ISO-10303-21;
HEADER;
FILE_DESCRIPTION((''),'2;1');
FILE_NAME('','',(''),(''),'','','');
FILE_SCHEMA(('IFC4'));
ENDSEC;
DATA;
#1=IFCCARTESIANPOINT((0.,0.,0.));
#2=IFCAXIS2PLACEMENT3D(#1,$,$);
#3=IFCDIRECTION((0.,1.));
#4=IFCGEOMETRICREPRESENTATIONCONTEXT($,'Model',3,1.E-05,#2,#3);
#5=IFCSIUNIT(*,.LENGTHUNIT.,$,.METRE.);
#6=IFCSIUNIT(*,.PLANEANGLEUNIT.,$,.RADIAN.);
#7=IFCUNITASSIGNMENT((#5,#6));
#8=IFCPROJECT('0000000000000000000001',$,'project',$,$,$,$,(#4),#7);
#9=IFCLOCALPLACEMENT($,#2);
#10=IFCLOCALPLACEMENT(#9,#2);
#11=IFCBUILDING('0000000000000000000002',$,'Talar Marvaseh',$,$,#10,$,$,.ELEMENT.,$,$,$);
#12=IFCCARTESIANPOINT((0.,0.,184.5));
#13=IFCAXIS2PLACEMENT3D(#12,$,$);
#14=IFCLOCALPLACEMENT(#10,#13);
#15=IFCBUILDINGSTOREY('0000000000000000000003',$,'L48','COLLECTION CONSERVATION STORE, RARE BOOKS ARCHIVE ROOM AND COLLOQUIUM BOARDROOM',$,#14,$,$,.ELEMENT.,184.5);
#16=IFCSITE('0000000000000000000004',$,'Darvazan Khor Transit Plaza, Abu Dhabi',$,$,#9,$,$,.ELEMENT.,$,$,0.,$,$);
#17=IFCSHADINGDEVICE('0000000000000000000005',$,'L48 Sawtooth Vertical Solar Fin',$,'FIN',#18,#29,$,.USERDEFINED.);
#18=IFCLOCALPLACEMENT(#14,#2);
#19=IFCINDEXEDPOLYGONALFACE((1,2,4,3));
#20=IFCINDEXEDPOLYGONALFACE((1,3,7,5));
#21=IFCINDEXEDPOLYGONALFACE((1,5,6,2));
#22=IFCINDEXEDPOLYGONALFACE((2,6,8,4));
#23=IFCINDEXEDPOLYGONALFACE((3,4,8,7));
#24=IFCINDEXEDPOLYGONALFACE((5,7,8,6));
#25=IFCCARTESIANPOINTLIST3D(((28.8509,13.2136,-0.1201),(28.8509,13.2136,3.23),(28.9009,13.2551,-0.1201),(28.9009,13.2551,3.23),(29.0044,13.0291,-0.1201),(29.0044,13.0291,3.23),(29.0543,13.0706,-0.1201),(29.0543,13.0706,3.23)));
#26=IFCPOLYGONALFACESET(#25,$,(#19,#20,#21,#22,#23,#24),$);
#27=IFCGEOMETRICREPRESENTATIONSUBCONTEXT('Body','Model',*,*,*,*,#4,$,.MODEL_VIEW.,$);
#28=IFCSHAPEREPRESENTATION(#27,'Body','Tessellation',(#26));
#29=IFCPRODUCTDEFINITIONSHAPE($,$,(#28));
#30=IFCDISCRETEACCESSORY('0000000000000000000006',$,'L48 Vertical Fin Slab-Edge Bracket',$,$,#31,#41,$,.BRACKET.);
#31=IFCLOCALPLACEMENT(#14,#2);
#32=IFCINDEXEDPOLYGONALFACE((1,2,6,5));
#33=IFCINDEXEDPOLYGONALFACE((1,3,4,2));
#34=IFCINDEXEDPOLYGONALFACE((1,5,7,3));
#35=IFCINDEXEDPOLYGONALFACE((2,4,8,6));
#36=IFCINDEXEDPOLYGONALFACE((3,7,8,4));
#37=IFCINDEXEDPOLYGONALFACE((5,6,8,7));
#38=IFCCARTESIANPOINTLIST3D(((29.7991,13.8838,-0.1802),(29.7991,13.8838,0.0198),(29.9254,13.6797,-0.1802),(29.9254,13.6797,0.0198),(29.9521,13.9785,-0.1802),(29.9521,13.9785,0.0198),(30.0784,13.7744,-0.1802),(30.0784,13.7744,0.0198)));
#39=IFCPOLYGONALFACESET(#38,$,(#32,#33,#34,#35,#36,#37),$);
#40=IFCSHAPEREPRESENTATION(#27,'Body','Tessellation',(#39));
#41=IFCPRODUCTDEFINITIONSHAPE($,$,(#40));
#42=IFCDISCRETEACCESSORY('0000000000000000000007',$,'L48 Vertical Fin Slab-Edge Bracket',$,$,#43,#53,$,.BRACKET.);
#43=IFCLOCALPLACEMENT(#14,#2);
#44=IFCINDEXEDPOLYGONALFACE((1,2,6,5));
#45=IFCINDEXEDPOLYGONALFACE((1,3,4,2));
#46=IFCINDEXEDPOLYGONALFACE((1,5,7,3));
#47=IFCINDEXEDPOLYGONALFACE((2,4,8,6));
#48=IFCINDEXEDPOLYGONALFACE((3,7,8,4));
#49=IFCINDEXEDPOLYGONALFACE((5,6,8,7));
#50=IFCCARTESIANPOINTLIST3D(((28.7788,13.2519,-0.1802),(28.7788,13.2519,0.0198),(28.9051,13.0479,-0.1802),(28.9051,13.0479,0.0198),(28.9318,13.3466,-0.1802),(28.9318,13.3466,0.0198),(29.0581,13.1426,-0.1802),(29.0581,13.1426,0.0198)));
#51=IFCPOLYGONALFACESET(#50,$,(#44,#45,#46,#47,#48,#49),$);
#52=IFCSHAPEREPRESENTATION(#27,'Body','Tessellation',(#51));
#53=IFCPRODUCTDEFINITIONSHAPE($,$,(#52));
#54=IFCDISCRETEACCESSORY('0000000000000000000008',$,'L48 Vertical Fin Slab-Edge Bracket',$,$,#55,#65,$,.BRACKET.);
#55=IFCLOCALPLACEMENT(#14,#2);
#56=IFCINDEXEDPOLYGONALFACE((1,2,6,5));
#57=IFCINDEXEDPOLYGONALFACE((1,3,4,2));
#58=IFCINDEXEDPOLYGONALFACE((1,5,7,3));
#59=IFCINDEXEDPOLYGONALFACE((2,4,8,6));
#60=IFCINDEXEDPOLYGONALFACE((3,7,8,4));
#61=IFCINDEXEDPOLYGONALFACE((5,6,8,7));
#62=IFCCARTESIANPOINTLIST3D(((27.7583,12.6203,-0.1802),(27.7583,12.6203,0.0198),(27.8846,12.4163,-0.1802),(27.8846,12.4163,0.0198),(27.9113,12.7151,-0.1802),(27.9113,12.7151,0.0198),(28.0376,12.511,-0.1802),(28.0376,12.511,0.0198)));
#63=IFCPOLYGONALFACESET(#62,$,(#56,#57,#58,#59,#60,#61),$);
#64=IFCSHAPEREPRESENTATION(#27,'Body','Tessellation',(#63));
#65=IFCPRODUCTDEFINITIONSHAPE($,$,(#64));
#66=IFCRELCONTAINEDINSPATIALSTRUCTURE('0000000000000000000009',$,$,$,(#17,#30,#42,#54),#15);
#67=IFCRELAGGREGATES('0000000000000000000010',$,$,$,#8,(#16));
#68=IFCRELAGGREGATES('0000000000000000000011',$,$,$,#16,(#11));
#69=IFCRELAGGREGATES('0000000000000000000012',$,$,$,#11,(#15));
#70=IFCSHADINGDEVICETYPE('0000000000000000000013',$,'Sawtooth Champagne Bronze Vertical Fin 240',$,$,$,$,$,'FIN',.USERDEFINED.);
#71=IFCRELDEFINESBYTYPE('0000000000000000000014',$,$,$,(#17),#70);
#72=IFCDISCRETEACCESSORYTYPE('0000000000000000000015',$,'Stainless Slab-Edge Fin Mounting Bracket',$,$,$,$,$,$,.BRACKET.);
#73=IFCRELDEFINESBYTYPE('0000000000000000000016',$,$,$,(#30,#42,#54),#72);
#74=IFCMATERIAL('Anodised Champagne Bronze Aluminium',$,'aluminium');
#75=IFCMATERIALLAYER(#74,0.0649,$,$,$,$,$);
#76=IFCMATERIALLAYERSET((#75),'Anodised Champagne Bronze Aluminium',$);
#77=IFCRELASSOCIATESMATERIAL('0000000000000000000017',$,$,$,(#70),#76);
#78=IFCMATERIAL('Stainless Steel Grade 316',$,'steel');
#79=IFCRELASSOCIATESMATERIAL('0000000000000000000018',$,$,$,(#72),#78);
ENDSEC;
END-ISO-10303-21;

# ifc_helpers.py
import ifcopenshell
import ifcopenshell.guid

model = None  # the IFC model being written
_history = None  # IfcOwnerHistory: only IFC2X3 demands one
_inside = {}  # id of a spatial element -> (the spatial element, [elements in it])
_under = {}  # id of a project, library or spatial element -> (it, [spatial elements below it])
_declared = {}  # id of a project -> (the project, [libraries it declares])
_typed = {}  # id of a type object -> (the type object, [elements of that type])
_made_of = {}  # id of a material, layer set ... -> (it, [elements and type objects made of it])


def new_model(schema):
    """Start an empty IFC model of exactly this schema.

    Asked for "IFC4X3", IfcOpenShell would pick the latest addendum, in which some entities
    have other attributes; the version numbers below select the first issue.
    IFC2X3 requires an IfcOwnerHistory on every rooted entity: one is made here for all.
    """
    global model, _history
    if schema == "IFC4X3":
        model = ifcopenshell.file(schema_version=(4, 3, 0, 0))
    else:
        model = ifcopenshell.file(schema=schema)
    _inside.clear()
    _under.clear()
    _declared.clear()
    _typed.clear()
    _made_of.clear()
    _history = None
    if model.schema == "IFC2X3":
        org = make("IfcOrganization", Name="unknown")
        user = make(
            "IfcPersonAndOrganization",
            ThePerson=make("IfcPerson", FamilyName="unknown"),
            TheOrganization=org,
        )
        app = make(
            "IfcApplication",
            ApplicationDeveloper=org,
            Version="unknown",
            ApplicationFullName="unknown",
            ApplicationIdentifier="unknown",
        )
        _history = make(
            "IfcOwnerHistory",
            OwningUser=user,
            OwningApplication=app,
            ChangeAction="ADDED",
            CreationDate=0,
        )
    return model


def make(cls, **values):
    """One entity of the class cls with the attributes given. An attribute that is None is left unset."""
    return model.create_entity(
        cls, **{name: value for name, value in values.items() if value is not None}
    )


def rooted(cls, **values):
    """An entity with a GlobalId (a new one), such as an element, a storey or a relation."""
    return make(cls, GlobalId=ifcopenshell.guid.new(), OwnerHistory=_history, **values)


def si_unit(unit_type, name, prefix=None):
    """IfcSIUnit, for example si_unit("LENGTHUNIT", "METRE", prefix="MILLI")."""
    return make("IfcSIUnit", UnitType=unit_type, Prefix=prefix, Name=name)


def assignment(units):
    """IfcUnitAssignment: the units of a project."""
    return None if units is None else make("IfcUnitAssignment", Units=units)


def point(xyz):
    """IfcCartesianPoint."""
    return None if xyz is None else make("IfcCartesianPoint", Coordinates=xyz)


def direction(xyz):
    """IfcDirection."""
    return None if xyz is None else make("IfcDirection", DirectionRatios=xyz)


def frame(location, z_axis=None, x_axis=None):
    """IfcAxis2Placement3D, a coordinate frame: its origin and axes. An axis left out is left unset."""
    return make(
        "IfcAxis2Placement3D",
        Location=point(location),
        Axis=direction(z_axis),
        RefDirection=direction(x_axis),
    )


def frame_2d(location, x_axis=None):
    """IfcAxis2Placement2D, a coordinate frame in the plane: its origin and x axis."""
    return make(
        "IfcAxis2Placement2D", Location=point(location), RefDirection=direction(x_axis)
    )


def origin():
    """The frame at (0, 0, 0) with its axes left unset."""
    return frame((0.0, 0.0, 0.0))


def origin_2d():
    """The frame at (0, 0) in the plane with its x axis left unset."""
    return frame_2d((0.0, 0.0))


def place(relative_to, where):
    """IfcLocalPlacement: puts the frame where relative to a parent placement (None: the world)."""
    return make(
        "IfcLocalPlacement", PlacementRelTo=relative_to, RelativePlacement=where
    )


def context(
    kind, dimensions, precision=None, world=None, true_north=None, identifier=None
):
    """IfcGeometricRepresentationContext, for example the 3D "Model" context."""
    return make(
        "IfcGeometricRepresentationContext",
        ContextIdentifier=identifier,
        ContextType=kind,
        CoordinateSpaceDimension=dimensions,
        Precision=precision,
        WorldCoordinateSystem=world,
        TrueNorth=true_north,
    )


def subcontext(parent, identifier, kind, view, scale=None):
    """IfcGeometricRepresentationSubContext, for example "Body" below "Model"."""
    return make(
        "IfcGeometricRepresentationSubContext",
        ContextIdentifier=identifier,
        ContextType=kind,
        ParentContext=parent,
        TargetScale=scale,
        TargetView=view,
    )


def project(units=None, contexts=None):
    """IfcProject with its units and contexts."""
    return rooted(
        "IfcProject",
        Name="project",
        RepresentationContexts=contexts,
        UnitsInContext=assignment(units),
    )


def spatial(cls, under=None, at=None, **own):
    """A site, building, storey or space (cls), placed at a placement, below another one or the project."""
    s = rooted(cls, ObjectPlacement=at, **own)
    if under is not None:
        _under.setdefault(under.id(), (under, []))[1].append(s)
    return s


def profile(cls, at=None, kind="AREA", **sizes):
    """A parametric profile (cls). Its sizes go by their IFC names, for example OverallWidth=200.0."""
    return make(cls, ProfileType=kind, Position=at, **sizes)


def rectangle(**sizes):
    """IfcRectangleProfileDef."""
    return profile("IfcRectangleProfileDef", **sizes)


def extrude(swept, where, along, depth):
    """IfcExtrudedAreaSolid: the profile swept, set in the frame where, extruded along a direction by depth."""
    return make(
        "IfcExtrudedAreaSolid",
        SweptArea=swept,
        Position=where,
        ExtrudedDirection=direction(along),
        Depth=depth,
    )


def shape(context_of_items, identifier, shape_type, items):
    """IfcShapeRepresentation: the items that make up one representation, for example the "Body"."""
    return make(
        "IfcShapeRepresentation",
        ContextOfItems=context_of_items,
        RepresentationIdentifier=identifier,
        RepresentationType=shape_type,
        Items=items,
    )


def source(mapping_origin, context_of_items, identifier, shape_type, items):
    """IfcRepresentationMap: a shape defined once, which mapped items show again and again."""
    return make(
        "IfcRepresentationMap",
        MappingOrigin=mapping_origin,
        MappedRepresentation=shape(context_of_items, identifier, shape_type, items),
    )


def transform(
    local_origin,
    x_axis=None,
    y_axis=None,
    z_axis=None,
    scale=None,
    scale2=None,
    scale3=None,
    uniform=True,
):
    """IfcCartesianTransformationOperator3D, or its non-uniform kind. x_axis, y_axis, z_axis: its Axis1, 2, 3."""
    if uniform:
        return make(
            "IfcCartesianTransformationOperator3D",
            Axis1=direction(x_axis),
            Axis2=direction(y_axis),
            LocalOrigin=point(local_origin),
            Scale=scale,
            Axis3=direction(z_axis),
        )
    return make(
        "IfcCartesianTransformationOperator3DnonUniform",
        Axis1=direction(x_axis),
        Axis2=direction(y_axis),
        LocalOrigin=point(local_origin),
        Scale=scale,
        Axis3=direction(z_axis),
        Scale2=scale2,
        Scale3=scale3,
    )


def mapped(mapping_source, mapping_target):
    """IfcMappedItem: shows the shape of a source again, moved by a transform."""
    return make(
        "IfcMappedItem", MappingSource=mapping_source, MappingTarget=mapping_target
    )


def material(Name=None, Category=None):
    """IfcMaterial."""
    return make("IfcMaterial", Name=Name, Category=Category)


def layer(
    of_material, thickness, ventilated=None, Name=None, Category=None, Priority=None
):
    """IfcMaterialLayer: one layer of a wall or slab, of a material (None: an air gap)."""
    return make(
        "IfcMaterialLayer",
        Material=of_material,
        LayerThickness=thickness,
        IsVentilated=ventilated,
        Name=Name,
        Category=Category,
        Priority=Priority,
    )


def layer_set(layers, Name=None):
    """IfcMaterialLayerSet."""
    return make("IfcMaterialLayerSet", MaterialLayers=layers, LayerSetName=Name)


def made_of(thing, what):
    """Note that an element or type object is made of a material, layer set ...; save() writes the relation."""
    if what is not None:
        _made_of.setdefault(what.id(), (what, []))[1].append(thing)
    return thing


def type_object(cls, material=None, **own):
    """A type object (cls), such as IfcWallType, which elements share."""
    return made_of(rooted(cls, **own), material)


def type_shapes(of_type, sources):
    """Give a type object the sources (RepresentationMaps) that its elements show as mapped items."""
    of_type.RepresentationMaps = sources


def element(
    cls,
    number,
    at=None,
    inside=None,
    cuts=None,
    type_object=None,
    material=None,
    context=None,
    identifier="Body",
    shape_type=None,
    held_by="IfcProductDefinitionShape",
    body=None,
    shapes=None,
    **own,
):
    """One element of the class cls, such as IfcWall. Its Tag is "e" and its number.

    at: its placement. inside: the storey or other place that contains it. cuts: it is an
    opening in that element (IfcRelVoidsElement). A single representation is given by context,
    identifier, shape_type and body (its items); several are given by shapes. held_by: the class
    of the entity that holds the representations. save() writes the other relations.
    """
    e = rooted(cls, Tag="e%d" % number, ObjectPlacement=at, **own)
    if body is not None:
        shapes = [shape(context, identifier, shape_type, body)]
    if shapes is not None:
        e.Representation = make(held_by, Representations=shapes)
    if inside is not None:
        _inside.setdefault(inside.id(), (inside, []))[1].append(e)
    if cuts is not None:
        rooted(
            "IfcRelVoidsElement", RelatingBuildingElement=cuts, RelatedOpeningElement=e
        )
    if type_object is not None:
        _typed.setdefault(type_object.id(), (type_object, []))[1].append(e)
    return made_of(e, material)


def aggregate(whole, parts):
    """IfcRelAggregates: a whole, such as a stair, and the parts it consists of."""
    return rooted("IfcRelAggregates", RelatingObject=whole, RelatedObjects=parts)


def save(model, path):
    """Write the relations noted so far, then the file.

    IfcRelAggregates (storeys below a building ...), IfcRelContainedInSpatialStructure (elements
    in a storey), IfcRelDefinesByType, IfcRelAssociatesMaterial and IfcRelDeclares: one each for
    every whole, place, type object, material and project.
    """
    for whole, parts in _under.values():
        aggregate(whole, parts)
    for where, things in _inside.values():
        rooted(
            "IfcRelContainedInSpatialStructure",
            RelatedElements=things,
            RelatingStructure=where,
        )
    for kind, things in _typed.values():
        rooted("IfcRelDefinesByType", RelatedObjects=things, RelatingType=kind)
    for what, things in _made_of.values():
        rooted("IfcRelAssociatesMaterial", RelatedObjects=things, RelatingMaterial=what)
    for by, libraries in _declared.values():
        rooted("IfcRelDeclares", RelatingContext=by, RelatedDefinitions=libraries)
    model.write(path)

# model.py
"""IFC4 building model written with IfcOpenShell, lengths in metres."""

from ifc_helpers import new_model, si_unit, direction, frame, origin, origin_2d, place, context, subcontext, project, spatial, rectangle, extrude, source, transform, mapped, material, layer, layer_set, type_object, type_shapes, element, save


model = new_model("IFC4")

# Units and contexts
model_context = context("Model", 3, precision=1e-05, world=origin(), true_north=direction((0.0, 1.0)))
body_context = subcontext(model_context, "Body", "Model", "MODEL_VIEW")
ifc_project = project(units=[si_unit("LENGTHUNIT", "METRE"), si_unit("PLANEANGLEUNIT", "RADIAN")], contexts=[model_context])

# Site, building, storey
site_placement = place(None, origin())
site = spatial("IfcSite", under=ifc_project, at=site_placement, Name="Darvazan Khor Transit Plaza, Abu Dhabi", CompositionType="ELEMENT", RefElevation=0.0)
building_placement = place(site_placement, origin())
building = spatial("IfcBuilding", under=site, at=building_placement, Name="Talar Marvaseh", CompositionType="ELEMENT")
storey_placement = place(building_placement, frame((0.0, 0.0, 184.5)))
storey = spatial("IfcBuildingStorey", under=building, at=storey_placement, Name="L48", Description="COLLECTION CONSERVATION STORE, RARE BOOKS ARCHIVE ROOM AND COLLOQUIUM BOARDROOM", CompositionType="ELEMENT", Elevation=184.5)

# Shading device
ifc_material_1 = material(Name="Anodised Champagne Bronze Aluminium", Category="aluminium")
ifc_layer_1 = layer(ifc_material_1, 0.0649)
ifc_layer_set_1 = layer_set([ifc_layer_1], Name="Anodised Champagne Bronze Aluminium")
shading_device_type = type_object("IfcShadingDeviceType", Name="Sawtooth Champagne Bronze Vertical Fin 240", ElementType="FIN", PredefinedType="USERDEFINED", material=ifc_layer_set_1)
shared_shape_1 = source(origin(), body_context, "Body", "SweptSolid", [
    extrude(rectangle(XDim=0.24, YDim=0.0649, at=origin_2d()), origin(), (0.0, 0.0, 1.0), 3.3501),
])
type_shapes(shading_device_type, [shared_shape_1])
for number, where, z_axis, x_axis, name in (
    (1, (28.9526, 13.1421, -0.1201), (0.0, 0.0, 1.0), (0.639573, -0.76873, 0.0), "L48 Sawtooth Vertical Solar Fin"),
):
    element("IfcShadingDevice", number, at=place(storey_placement, frame(where, z_axis=z_axis, x_axis=x_axis)), inside=storey, type_object=shading_device_type, Name=name, ObjectType="FIN", PredefinedType="USERDEFINED", context=body_context, shape_type="MappedRepresentation", body=[
        mapped(shared_shape_1, transform((0.0, 0.0, 0.0), x_axis=(1.0, 0.0, 0.0), y_axis=(0.0, 1.0, 0.0), z_axis=(0.0, 0.0, 1.0), scale=1.0)),
    ])

# Discrete accessories
ifc_material_2 = material(Name="Stainless Steel Grade 316", Category="steel")
discrete_accessory_type = type_object("IfcDiscreteAccessoryType", Name="Stainless Slab-Edge Fin Mounting Bracket", PredefinedType="BRACKET", material=ifc_material_2)
shared_shape_2 = source(origin(), body_context, "Body", "SweptSolid", [
    extrude(rectangle(XDim=0.24, YDim=0.1799, at=origin_2d()), origin(), (0.0, 0.0, 1.0), 0.2),
])
type_shapes(discrete_accessory_type, [shared_shape_2])
for number, where, z_axis, x_axis, name in (
    (2, (29.9387, 13.8291, -0.1802), (0.0, 0.0, 1.0), (0.526362, -0.85026, 0.0), "L48 Vertical Fin Slab-Edge Bracket"),
    (3, (28.9185, 13.1973, -0.1802), (0.0, 0.0, 1.0), (0.526362, -0.85026, 0.0), "L48 Vertical Fin Slab-Edge Bracket"),
    (4, (27.8979, 12.5657, -0.1802), (0.0, 0.0, 1.0), (0.526362, -0.85026, 0.0), "L48 Vertical Fin Slab-Edge Bracket"),
):
    element("IfcDiscreteAccessory", number, at=place(storey_placement, frame(where, z_axis=z_axis, x_axis=x_axis)), inside=storey, type_object=discrete_accessory_type, Name=name, PredefinedType="BRACKET", context=body_context, shape_type="MappedRepresentation", body=[
        mapped(shared_shape_2, transform((0.0, 0.0, 0.0), x_axis=(1.0, 0.0, 0.0), y_axis=(0.0, 1.0, 0.0), z_axis=(0.0, 0.0, 1.0), scale=1.0)),
    ])

save(model, "model.ifc")
